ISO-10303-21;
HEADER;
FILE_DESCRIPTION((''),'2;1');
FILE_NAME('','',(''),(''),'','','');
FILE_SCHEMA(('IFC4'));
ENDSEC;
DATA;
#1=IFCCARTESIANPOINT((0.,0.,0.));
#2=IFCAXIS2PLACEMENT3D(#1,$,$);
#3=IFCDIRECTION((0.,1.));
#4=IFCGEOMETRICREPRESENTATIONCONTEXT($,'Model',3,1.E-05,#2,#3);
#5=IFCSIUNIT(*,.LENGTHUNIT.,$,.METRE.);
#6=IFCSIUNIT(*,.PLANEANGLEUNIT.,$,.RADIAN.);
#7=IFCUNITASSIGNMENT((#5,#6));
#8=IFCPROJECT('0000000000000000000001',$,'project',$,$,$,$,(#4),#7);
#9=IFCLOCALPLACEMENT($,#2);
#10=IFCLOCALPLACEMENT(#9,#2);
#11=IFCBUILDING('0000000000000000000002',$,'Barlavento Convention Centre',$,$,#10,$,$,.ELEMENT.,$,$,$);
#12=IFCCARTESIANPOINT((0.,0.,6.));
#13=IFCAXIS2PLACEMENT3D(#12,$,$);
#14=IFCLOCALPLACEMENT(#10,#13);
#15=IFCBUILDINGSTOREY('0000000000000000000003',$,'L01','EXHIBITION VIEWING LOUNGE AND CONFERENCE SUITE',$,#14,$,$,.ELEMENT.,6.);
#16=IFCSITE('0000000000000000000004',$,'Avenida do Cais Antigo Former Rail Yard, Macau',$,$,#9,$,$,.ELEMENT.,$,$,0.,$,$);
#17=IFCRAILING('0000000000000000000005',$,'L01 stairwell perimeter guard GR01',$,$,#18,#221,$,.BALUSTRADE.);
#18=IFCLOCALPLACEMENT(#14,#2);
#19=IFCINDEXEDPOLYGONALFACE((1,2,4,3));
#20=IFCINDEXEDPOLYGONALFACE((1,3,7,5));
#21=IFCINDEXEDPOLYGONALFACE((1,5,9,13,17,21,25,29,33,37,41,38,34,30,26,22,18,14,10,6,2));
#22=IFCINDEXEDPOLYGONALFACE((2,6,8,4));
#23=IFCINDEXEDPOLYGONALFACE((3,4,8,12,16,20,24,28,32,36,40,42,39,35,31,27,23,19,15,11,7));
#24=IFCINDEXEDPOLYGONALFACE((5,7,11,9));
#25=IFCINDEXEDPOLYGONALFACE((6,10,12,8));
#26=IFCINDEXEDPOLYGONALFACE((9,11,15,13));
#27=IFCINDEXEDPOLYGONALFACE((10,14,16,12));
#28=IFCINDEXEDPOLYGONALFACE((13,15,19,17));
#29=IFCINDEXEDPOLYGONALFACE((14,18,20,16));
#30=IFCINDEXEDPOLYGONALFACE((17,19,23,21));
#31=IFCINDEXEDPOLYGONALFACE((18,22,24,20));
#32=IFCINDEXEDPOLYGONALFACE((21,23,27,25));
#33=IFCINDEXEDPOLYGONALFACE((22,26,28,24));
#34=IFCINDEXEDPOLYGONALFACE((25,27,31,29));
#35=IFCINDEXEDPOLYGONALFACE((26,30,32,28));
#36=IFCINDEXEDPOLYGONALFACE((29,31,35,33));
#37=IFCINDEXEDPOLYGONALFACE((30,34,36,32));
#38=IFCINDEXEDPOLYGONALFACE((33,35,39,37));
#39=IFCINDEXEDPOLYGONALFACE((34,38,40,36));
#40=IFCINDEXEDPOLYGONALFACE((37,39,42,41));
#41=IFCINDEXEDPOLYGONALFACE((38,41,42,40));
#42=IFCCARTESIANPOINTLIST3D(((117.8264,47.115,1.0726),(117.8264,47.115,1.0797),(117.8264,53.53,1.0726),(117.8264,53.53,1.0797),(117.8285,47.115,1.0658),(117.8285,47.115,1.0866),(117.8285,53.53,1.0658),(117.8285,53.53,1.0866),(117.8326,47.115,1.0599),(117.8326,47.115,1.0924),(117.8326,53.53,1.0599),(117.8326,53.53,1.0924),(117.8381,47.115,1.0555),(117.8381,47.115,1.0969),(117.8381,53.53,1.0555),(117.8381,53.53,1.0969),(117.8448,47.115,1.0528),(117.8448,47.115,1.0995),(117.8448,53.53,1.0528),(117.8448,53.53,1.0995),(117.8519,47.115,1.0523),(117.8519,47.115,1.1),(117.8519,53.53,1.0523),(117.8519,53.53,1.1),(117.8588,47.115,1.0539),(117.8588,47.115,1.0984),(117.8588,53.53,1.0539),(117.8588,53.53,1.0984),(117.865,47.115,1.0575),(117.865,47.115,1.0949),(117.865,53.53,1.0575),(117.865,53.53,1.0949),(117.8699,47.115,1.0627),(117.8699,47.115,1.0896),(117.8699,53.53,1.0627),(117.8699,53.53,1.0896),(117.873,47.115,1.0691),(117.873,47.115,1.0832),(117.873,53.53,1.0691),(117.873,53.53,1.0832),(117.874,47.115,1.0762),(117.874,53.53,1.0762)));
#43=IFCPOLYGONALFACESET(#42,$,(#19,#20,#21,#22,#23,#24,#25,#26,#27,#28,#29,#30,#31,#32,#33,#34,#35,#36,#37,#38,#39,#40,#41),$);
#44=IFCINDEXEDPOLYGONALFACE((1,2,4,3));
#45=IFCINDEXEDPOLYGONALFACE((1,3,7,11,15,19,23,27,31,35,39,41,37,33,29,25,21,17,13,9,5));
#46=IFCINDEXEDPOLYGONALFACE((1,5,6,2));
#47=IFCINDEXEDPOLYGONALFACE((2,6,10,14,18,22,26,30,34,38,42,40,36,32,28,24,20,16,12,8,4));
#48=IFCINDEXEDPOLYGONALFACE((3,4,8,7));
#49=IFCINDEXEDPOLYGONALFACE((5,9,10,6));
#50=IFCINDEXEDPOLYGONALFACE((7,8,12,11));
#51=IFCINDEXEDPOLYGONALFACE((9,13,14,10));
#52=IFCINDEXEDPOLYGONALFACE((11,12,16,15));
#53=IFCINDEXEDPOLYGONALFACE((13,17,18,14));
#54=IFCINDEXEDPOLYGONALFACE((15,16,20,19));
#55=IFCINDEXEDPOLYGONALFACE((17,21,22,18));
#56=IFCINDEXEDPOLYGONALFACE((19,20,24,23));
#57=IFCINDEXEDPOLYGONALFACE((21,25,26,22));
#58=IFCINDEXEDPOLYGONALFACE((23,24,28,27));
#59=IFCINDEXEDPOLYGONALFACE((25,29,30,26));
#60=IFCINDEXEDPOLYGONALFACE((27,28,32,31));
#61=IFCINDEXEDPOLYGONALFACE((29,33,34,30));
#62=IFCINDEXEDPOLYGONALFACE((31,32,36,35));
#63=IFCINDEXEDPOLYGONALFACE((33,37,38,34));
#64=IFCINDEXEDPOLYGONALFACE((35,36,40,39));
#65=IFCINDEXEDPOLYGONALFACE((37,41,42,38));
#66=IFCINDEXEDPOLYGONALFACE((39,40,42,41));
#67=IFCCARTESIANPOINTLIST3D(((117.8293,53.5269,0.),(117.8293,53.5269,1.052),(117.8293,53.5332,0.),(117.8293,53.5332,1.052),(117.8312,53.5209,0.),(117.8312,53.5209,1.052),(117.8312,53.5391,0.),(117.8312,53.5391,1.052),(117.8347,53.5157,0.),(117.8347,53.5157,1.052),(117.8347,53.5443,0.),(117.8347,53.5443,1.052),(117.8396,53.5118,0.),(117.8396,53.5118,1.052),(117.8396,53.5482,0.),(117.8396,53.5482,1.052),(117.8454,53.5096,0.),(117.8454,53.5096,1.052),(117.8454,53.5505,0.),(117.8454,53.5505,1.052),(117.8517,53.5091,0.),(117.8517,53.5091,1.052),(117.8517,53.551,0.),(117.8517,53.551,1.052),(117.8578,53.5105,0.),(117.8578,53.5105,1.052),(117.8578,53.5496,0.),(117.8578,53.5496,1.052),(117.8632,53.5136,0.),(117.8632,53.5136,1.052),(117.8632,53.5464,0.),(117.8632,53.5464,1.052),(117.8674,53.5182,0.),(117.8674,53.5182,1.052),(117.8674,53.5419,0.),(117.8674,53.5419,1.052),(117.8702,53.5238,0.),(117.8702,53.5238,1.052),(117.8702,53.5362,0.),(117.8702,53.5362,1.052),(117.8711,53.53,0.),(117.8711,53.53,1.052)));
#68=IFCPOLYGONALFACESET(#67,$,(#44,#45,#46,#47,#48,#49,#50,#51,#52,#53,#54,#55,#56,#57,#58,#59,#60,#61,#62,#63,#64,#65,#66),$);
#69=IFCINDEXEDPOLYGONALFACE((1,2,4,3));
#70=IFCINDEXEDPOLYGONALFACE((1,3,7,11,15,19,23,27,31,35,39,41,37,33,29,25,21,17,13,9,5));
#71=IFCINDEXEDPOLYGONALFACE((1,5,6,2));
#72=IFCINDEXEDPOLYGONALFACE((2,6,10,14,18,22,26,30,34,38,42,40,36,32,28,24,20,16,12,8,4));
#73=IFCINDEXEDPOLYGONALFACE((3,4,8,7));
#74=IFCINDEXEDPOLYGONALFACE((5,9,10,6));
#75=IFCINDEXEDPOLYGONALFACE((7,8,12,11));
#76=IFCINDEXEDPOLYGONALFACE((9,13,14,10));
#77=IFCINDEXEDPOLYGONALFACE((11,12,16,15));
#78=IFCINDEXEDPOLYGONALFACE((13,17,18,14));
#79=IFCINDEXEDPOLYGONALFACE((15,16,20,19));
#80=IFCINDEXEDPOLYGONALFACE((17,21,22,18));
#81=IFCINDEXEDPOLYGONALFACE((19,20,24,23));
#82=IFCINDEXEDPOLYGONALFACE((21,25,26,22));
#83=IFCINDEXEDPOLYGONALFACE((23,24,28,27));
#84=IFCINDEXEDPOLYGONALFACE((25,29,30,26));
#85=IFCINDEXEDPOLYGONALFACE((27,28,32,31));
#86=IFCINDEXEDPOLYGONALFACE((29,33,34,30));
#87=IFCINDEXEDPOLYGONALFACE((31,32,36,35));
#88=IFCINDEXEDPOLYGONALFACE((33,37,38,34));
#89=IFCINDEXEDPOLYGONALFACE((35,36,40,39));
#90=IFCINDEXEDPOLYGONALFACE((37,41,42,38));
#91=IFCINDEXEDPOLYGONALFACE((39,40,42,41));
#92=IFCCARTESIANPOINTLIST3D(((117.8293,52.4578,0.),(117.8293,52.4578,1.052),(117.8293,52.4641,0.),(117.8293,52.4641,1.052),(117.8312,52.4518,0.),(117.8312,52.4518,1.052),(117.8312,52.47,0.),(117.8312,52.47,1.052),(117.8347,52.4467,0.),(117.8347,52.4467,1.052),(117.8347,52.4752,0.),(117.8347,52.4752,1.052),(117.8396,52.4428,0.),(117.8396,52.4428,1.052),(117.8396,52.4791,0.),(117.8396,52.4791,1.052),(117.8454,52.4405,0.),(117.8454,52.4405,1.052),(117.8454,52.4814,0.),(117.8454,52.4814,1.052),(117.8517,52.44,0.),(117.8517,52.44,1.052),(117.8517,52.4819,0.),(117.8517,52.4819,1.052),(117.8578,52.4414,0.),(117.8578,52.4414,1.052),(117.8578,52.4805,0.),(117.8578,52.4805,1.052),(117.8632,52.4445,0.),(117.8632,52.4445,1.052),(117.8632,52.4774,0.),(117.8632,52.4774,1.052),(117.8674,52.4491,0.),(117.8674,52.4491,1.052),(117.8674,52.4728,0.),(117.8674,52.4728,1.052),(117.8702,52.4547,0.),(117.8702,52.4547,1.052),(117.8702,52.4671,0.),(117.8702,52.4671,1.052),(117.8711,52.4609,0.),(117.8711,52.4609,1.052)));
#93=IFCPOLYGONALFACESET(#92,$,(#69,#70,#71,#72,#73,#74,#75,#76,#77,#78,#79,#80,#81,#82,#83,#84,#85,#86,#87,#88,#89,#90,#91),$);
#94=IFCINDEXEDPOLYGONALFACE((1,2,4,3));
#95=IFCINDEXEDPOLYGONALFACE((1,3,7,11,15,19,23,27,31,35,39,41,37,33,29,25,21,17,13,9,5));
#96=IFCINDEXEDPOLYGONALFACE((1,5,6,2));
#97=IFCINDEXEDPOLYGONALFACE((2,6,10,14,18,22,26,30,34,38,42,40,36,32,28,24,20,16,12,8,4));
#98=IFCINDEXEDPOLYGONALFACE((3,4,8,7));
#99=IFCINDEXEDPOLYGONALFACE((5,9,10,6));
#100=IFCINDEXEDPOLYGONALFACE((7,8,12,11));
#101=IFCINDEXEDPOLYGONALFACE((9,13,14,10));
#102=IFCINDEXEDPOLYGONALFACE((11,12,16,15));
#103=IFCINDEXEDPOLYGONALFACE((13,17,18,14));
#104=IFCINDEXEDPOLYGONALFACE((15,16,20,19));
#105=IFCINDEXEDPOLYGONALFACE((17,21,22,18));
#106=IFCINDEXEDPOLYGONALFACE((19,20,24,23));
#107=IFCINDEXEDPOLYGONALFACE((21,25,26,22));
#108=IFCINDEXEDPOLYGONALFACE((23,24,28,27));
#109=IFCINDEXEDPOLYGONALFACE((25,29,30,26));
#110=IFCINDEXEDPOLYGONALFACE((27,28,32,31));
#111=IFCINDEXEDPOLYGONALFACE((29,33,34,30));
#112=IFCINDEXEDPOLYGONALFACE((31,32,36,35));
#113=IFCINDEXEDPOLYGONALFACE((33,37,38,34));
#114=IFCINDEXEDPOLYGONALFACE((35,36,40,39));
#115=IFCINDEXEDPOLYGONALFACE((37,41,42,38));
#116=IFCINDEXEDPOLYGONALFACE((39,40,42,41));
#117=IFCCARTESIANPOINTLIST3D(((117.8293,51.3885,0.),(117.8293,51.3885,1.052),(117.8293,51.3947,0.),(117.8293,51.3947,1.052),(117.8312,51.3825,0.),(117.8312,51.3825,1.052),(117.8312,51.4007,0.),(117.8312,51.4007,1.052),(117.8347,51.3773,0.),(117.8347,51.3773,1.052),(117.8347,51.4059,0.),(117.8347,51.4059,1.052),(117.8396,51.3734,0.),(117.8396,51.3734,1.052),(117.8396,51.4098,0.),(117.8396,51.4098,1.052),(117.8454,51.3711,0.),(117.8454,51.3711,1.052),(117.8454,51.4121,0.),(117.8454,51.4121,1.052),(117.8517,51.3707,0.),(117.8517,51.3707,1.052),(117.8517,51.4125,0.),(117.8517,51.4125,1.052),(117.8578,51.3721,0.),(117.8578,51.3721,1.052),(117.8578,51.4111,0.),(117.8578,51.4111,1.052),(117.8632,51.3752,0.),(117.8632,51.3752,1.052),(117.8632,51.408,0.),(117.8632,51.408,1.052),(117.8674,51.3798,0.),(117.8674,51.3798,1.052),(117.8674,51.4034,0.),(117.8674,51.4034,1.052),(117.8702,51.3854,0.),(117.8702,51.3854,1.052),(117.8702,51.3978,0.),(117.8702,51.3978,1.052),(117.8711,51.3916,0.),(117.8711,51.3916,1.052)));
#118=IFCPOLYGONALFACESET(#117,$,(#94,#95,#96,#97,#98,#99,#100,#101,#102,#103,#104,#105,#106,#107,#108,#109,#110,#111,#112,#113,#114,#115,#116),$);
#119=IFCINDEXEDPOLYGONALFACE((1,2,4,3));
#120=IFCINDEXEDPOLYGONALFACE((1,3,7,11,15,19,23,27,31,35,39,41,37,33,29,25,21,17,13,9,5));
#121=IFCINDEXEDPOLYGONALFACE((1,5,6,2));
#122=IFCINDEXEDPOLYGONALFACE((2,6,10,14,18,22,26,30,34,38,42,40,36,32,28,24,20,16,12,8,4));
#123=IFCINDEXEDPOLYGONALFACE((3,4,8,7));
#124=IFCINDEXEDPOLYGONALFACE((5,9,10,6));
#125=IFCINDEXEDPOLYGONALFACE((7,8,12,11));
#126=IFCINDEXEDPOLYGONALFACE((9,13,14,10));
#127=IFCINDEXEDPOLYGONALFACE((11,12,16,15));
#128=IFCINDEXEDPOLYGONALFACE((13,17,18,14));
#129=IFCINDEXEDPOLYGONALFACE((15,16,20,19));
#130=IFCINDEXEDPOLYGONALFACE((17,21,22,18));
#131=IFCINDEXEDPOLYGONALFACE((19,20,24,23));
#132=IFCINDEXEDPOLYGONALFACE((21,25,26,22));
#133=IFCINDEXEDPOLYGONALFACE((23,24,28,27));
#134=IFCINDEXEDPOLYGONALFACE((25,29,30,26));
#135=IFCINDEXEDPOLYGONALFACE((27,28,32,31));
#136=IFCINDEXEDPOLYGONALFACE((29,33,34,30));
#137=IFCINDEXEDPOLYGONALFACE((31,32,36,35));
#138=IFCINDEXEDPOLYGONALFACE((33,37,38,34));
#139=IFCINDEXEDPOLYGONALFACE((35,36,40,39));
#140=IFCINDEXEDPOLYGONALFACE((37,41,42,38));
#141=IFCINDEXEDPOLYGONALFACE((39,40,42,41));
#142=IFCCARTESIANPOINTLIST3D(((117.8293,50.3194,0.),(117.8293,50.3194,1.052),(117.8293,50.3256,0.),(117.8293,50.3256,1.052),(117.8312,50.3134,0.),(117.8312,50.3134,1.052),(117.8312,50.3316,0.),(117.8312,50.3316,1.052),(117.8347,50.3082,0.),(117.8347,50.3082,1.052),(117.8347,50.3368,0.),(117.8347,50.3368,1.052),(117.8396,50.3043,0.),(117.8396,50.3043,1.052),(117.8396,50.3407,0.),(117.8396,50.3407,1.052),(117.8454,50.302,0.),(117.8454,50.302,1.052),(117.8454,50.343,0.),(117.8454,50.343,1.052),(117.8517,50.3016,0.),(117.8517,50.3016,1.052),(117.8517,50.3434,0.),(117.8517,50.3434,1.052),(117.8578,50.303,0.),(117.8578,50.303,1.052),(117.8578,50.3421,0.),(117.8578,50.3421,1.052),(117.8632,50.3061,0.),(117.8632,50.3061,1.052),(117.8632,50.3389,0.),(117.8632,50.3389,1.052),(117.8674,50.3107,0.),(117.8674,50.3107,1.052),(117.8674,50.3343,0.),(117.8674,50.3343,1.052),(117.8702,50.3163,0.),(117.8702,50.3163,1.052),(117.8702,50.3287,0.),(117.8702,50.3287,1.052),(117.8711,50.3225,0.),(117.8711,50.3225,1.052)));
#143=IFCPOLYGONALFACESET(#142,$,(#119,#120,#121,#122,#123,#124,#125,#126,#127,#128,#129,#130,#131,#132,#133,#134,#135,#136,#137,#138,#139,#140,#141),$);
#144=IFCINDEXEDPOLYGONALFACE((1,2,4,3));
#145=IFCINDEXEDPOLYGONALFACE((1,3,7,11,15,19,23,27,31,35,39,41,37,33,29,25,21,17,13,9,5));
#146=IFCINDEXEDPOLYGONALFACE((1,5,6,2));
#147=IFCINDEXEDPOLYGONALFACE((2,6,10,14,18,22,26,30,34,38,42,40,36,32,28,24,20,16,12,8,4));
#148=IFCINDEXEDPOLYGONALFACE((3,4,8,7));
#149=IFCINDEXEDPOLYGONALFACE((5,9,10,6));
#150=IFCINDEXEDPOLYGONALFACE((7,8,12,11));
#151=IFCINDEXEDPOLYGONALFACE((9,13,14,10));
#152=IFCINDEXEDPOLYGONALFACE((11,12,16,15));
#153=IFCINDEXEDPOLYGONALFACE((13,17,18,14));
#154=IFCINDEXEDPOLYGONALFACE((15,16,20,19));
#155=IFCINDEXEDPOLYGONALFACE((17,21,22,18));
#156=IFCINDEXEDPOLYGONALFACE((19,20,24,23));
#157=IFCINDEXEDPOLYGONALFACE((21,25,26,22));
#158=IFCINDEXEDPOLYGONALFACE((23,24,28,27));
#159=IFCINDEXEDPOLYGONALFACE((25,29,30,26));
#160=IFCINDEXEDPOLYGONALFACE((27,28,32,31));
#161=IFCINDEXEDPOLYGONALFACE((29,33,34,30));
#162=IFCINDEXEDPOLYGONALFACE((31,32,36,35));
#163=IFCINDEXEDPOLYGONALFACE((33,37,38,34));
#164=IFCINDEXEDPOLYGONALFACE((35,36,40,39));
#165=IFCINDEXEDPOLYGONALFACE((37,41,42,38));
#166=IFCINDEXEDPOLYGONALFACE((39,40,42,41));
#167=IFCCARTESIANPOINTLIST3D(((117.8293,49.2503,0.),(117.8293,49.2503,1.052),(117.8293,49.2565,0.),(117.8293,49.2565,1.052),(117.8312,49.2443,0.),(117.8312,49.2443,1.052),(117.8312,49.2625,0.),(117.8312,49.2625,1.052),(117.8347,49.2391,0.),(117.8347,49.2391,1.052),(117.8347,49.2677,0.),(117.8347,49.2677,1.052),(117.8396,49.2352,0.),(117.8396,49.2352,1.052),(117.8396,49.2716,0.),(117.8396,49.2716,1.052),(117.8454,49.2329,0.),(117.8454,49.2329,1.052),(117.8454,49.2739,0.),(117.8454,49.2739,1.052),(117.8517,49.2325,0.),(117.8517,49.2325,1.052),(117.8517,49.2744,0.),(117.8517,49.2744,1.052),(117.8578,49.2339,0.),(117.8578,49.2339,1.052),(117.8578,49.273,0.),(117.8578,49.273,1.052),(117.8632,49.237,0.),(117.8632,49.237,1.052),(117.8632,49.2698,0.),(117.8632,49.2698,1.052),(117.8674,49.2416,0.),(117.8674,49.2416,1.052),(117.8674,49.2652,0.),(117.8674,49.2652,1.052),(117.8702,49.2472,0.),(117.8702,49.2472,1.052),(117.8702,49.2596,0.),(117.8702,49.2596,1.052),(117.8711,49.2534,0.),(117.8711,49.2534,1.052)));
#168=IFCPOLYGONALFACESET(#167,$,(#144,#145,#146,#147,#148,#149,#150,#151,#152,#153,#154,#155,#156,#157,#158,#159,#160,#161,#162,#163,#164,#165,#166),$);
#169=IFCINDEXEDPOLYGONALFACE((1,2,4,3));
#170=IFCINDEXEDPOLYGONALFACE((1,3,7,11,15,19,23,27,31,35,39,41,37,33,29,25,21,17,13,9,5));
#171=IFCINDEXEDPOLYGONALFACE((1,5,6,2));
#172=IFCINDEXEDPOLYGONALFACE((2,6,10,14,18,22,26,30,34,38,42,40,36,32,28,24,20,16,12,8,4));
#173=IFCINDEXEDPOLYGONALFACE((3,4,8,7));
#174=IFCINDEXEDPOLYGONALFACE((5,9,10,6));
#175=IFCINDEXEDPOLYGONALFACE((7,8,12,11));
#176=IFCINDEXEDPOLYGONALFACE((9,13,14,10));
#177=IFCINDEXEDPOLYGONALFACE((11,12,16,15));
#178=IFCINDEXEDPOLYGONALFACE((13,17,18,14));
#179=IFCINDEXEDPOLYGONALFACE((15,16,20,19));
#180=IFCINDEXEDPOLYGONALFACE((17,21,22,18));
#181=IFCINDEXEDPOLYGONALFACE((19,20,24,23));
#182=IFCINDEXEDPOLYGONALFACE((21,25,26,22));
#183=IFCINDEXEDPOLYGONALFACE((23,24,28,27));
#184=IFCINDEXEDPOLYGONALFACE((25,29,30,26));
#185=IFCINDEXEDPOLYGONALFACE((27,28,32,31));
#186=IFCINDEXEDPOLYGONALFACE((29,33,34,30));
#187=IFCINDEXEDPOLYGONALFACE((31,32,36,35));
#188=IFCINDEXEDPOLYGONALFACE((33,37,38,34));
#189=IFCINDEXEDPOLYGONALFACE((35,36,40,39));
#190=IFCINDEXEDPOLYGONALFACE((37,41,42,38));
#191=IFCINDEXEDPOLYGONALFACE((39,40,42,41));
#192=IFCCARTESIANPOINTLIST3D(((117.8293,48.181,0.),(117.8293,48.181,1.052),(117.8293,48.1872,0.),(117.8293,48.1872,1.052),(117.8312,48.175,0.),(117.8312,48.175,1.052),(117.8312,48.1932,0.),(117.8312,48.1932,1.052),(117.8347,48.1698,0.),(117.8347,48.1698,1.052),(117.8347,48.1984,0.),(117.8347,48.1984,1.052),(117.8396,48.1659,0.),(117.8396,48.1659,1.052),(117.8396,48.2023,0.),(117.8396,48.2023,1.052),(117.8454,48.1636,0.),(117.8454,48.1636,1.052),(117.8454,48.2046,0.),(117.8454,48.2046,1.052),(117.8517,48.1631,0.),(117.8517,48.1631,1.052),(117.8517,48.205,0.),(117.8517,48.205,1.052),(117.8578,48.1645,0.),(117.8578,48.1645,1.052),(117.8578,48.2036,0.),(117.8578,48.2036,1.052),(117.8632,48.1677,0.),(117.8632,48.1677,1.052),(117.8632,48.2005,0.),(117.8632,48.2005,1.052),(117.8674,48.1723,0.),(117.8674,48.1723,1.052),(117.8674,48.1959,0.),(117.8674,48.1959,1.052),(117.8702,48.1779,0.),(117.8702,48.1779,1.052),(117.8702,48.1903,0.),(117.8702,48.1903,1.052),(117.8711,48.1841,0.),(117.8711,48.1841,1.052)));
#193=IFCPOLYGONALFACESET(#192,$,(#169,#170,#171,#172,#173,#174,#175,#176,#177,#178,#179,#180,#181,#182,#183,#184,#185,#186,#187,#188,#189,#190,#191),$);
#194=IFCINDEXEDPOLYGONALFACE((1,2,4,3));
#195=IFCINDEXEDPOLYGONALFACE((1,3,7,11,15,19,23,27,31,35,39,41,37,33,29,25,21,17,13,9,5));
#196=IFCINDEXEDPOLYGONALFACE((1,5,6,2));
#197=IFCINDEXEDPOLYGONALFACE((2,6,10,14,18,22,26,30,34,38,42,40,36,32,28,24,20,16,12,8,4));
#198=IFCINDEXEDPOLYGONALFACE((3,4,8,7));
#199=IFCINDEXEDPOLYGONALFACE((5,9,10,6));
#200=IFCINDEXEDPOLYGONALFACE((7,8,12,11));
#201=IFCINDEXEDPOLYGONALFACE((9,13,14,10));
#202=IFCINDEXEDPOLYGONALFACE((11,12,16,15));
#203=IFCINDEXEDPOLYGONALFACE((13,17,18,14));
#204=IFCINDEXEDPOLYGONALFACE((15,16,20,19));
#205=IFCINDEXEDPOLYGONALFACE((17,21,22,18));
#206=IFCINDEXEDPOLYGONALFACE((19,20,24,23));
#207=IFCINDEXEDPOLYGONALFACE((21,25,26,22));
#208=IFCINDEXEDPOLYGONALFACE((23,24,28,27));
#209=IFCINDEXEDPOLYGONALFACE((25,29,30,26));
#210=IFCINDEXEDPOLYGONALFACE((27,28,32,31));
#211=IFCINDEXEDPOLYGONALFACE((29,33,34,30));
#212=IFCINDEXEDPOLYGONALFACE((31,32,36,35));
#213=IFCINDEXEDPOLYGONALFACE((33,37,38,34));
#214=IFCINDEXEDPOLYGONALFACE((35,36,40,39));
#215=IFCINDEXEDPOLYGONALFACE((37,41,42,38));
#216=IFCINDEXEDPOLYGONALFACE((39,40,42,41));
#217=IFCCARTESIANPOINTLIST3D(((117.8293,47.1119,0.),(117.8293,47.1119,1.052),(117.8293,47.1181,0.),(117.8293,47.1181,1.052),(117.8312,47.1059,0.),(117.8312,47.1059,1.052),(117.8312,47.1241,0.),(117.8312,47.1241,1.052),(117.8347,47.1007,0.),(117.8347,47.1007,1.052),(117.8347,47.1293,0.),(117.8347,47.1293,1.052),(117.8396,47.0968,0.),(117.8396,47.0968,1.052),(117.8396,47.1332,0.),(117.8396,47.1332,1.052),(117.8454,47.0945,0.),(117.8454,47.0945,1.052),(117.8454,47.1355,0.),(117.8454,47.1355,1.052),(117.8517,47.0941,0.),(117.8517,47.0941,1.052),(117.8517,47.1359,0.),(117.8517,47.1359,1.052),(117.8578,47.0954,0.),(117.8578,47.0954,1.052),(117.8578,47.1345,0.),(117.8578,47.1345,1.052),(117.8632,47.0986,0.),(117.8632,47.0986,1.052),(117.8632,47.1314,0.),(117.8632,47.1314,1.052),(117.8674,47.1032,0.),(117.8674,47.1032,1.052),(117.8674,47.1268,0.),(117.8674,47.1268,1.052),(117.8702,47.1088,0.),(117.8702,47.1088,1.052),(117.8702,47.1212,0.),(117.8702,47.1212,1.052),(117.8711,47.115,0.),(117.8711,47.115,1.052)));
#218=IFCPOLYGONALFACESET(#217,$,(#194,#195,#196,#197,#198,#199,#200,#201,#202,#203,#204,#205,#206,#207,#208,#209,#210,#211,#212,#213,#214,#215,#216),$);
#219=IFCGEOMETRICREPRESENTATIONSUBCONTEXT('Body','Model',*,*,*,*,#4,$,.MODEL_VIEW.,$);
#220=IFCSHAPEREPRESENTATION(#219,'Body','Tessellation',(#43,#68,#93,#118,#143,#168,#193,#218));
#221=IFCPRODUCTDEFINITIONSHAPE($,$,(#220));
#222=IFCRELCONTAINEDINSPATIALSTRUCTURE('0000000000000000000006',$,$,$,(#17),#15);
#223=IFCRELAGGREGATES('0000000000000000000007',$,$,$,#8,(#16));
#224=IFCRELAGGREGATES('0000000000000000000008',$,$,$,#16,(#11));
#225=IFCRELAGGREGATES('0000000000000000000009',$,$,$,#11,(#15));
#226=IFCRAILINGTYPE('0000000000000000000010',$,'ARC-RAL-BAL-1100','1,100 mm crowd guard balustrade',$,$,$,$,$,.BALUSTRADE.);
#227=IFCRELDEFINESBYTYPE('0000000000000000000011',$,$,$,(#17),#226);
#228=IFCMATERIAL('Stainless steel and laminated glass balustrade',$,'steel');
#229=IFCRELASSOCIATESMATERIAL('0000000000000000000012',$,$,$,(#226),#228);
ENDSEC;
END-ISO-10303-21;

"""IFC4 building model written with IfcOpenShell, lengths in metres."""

from ifc_helpers import new_model, si_unit, direction, frame, origin, origin_2d, place, context, subcontext, project, spatial, circle, extrude, material, type_object, element, save


model = new_model("IFC4")

# Units and contexts
model_context = context("Model", 3, precision=1e-05, world=origin(), true_north=direction((0.0, 1.0)))
body_context = subcontext(model_context, "Body", "Model", "MODEL_VIEW")
ifc_project = project(units=[si_unit("LENGTHUNIT", "METRE"), si_unit("PLANEANGLEUNIT", "RADIAN")], contexts=[model_context])

# Site, building, storey
site_placement = place(None, origin())
site = spatial("IfcSite", under=ifc_project, at=site_placement, Name="Avenida do Cais Antigo Former Rail Yard, Macau", CompositionType="ELEMENT", RefElevation=0.0)
building_placement = place(site_placement, origin())
building = spatial("IfcBuilding", under=site, at=building_placement, Name="Barlavento Convention Centre", CompositionType="ELEMENT")
storey_placement = place(building_placement, frame((0.0, 0.0, 6.0)))
storey = spatial("IfcBuildingStorey", under=building, at=storey_placement, Name="L01", Description="EXHIBITION VIEWING LOUNGE AND CONFERENCE SUITE", CompositionType="ELEMENT", Elevation=6.0)

# Railing
ifc_material_1 = material(Name="Stainless steel and laminated glass balustrade", Category="steel")
railing_type_1 = type_object("IfcRailingType", Name="ARC-RAL-BAL-1100", Description="1,100 mm crowd guard balustrade", PredefinedType="BALUSTRADE", material=ifc_material_1)
railing_1_placement = place(storey_placement, frame((117.8501, 53.53, 0.0)))
element("IfcRailing", 1, at=railing_1_placement, inside=storey, type_object=railing_type_1, Name="L01 stairwell perimeter guard GR01", PredefinedType="BALUSTRADE", context=body_context, shape_type="SweptSolid", body=[
    extrude(circle(Radius=0.0239, at=origin_2d()), frame((0.0, 0.0, 1.0762), z_axis=(0.0, -1.0, 0.0), x_axis=(1.0, 0.0, 0.0)), (0.0, 0.0, 1.0), 6.415),
    extrude(circle(Radius=0.021, at=origin_2d()), origin(), (0.0, 0.0, 1.0), 1.052),
    extrude(circle(Radius=0.021, at=origin_2d()), frame((0.0, -1.0691, 0.0)), (0.0, 0.0, 1.0), 1.052),
    extrude(circle(Radius=0.021, at=origin_2d()), frame((0.0, -2.1384, 0.0)), (0.0, 0.0, 1.0), 1.052),
    extrude(circle(Radius=0.021, at=origin_2d()), frame((0.0, -3.2075, 0.0)), (0.0, 0.0, 1.0), 1.052),
    extrude(circle(Radius=0.021, at=origin_2d()), frame((0.0, -4.2766, 0.0)), (0.0, 0.0, 1.0), 1.052),
    extrude(circle(Radius=0.021, at=origin_2d()), frame((0.0, -5.3459, 0.0)), (0.0, 0.0, 1.0), 1.052),
    extrude(circle(Radius=0.021, at=origin_2d()), frame((0.0, -6.415, 0.0)), (0.0, 0.0, 1.0), 1.052),
])

save(model, "model.ifc")
